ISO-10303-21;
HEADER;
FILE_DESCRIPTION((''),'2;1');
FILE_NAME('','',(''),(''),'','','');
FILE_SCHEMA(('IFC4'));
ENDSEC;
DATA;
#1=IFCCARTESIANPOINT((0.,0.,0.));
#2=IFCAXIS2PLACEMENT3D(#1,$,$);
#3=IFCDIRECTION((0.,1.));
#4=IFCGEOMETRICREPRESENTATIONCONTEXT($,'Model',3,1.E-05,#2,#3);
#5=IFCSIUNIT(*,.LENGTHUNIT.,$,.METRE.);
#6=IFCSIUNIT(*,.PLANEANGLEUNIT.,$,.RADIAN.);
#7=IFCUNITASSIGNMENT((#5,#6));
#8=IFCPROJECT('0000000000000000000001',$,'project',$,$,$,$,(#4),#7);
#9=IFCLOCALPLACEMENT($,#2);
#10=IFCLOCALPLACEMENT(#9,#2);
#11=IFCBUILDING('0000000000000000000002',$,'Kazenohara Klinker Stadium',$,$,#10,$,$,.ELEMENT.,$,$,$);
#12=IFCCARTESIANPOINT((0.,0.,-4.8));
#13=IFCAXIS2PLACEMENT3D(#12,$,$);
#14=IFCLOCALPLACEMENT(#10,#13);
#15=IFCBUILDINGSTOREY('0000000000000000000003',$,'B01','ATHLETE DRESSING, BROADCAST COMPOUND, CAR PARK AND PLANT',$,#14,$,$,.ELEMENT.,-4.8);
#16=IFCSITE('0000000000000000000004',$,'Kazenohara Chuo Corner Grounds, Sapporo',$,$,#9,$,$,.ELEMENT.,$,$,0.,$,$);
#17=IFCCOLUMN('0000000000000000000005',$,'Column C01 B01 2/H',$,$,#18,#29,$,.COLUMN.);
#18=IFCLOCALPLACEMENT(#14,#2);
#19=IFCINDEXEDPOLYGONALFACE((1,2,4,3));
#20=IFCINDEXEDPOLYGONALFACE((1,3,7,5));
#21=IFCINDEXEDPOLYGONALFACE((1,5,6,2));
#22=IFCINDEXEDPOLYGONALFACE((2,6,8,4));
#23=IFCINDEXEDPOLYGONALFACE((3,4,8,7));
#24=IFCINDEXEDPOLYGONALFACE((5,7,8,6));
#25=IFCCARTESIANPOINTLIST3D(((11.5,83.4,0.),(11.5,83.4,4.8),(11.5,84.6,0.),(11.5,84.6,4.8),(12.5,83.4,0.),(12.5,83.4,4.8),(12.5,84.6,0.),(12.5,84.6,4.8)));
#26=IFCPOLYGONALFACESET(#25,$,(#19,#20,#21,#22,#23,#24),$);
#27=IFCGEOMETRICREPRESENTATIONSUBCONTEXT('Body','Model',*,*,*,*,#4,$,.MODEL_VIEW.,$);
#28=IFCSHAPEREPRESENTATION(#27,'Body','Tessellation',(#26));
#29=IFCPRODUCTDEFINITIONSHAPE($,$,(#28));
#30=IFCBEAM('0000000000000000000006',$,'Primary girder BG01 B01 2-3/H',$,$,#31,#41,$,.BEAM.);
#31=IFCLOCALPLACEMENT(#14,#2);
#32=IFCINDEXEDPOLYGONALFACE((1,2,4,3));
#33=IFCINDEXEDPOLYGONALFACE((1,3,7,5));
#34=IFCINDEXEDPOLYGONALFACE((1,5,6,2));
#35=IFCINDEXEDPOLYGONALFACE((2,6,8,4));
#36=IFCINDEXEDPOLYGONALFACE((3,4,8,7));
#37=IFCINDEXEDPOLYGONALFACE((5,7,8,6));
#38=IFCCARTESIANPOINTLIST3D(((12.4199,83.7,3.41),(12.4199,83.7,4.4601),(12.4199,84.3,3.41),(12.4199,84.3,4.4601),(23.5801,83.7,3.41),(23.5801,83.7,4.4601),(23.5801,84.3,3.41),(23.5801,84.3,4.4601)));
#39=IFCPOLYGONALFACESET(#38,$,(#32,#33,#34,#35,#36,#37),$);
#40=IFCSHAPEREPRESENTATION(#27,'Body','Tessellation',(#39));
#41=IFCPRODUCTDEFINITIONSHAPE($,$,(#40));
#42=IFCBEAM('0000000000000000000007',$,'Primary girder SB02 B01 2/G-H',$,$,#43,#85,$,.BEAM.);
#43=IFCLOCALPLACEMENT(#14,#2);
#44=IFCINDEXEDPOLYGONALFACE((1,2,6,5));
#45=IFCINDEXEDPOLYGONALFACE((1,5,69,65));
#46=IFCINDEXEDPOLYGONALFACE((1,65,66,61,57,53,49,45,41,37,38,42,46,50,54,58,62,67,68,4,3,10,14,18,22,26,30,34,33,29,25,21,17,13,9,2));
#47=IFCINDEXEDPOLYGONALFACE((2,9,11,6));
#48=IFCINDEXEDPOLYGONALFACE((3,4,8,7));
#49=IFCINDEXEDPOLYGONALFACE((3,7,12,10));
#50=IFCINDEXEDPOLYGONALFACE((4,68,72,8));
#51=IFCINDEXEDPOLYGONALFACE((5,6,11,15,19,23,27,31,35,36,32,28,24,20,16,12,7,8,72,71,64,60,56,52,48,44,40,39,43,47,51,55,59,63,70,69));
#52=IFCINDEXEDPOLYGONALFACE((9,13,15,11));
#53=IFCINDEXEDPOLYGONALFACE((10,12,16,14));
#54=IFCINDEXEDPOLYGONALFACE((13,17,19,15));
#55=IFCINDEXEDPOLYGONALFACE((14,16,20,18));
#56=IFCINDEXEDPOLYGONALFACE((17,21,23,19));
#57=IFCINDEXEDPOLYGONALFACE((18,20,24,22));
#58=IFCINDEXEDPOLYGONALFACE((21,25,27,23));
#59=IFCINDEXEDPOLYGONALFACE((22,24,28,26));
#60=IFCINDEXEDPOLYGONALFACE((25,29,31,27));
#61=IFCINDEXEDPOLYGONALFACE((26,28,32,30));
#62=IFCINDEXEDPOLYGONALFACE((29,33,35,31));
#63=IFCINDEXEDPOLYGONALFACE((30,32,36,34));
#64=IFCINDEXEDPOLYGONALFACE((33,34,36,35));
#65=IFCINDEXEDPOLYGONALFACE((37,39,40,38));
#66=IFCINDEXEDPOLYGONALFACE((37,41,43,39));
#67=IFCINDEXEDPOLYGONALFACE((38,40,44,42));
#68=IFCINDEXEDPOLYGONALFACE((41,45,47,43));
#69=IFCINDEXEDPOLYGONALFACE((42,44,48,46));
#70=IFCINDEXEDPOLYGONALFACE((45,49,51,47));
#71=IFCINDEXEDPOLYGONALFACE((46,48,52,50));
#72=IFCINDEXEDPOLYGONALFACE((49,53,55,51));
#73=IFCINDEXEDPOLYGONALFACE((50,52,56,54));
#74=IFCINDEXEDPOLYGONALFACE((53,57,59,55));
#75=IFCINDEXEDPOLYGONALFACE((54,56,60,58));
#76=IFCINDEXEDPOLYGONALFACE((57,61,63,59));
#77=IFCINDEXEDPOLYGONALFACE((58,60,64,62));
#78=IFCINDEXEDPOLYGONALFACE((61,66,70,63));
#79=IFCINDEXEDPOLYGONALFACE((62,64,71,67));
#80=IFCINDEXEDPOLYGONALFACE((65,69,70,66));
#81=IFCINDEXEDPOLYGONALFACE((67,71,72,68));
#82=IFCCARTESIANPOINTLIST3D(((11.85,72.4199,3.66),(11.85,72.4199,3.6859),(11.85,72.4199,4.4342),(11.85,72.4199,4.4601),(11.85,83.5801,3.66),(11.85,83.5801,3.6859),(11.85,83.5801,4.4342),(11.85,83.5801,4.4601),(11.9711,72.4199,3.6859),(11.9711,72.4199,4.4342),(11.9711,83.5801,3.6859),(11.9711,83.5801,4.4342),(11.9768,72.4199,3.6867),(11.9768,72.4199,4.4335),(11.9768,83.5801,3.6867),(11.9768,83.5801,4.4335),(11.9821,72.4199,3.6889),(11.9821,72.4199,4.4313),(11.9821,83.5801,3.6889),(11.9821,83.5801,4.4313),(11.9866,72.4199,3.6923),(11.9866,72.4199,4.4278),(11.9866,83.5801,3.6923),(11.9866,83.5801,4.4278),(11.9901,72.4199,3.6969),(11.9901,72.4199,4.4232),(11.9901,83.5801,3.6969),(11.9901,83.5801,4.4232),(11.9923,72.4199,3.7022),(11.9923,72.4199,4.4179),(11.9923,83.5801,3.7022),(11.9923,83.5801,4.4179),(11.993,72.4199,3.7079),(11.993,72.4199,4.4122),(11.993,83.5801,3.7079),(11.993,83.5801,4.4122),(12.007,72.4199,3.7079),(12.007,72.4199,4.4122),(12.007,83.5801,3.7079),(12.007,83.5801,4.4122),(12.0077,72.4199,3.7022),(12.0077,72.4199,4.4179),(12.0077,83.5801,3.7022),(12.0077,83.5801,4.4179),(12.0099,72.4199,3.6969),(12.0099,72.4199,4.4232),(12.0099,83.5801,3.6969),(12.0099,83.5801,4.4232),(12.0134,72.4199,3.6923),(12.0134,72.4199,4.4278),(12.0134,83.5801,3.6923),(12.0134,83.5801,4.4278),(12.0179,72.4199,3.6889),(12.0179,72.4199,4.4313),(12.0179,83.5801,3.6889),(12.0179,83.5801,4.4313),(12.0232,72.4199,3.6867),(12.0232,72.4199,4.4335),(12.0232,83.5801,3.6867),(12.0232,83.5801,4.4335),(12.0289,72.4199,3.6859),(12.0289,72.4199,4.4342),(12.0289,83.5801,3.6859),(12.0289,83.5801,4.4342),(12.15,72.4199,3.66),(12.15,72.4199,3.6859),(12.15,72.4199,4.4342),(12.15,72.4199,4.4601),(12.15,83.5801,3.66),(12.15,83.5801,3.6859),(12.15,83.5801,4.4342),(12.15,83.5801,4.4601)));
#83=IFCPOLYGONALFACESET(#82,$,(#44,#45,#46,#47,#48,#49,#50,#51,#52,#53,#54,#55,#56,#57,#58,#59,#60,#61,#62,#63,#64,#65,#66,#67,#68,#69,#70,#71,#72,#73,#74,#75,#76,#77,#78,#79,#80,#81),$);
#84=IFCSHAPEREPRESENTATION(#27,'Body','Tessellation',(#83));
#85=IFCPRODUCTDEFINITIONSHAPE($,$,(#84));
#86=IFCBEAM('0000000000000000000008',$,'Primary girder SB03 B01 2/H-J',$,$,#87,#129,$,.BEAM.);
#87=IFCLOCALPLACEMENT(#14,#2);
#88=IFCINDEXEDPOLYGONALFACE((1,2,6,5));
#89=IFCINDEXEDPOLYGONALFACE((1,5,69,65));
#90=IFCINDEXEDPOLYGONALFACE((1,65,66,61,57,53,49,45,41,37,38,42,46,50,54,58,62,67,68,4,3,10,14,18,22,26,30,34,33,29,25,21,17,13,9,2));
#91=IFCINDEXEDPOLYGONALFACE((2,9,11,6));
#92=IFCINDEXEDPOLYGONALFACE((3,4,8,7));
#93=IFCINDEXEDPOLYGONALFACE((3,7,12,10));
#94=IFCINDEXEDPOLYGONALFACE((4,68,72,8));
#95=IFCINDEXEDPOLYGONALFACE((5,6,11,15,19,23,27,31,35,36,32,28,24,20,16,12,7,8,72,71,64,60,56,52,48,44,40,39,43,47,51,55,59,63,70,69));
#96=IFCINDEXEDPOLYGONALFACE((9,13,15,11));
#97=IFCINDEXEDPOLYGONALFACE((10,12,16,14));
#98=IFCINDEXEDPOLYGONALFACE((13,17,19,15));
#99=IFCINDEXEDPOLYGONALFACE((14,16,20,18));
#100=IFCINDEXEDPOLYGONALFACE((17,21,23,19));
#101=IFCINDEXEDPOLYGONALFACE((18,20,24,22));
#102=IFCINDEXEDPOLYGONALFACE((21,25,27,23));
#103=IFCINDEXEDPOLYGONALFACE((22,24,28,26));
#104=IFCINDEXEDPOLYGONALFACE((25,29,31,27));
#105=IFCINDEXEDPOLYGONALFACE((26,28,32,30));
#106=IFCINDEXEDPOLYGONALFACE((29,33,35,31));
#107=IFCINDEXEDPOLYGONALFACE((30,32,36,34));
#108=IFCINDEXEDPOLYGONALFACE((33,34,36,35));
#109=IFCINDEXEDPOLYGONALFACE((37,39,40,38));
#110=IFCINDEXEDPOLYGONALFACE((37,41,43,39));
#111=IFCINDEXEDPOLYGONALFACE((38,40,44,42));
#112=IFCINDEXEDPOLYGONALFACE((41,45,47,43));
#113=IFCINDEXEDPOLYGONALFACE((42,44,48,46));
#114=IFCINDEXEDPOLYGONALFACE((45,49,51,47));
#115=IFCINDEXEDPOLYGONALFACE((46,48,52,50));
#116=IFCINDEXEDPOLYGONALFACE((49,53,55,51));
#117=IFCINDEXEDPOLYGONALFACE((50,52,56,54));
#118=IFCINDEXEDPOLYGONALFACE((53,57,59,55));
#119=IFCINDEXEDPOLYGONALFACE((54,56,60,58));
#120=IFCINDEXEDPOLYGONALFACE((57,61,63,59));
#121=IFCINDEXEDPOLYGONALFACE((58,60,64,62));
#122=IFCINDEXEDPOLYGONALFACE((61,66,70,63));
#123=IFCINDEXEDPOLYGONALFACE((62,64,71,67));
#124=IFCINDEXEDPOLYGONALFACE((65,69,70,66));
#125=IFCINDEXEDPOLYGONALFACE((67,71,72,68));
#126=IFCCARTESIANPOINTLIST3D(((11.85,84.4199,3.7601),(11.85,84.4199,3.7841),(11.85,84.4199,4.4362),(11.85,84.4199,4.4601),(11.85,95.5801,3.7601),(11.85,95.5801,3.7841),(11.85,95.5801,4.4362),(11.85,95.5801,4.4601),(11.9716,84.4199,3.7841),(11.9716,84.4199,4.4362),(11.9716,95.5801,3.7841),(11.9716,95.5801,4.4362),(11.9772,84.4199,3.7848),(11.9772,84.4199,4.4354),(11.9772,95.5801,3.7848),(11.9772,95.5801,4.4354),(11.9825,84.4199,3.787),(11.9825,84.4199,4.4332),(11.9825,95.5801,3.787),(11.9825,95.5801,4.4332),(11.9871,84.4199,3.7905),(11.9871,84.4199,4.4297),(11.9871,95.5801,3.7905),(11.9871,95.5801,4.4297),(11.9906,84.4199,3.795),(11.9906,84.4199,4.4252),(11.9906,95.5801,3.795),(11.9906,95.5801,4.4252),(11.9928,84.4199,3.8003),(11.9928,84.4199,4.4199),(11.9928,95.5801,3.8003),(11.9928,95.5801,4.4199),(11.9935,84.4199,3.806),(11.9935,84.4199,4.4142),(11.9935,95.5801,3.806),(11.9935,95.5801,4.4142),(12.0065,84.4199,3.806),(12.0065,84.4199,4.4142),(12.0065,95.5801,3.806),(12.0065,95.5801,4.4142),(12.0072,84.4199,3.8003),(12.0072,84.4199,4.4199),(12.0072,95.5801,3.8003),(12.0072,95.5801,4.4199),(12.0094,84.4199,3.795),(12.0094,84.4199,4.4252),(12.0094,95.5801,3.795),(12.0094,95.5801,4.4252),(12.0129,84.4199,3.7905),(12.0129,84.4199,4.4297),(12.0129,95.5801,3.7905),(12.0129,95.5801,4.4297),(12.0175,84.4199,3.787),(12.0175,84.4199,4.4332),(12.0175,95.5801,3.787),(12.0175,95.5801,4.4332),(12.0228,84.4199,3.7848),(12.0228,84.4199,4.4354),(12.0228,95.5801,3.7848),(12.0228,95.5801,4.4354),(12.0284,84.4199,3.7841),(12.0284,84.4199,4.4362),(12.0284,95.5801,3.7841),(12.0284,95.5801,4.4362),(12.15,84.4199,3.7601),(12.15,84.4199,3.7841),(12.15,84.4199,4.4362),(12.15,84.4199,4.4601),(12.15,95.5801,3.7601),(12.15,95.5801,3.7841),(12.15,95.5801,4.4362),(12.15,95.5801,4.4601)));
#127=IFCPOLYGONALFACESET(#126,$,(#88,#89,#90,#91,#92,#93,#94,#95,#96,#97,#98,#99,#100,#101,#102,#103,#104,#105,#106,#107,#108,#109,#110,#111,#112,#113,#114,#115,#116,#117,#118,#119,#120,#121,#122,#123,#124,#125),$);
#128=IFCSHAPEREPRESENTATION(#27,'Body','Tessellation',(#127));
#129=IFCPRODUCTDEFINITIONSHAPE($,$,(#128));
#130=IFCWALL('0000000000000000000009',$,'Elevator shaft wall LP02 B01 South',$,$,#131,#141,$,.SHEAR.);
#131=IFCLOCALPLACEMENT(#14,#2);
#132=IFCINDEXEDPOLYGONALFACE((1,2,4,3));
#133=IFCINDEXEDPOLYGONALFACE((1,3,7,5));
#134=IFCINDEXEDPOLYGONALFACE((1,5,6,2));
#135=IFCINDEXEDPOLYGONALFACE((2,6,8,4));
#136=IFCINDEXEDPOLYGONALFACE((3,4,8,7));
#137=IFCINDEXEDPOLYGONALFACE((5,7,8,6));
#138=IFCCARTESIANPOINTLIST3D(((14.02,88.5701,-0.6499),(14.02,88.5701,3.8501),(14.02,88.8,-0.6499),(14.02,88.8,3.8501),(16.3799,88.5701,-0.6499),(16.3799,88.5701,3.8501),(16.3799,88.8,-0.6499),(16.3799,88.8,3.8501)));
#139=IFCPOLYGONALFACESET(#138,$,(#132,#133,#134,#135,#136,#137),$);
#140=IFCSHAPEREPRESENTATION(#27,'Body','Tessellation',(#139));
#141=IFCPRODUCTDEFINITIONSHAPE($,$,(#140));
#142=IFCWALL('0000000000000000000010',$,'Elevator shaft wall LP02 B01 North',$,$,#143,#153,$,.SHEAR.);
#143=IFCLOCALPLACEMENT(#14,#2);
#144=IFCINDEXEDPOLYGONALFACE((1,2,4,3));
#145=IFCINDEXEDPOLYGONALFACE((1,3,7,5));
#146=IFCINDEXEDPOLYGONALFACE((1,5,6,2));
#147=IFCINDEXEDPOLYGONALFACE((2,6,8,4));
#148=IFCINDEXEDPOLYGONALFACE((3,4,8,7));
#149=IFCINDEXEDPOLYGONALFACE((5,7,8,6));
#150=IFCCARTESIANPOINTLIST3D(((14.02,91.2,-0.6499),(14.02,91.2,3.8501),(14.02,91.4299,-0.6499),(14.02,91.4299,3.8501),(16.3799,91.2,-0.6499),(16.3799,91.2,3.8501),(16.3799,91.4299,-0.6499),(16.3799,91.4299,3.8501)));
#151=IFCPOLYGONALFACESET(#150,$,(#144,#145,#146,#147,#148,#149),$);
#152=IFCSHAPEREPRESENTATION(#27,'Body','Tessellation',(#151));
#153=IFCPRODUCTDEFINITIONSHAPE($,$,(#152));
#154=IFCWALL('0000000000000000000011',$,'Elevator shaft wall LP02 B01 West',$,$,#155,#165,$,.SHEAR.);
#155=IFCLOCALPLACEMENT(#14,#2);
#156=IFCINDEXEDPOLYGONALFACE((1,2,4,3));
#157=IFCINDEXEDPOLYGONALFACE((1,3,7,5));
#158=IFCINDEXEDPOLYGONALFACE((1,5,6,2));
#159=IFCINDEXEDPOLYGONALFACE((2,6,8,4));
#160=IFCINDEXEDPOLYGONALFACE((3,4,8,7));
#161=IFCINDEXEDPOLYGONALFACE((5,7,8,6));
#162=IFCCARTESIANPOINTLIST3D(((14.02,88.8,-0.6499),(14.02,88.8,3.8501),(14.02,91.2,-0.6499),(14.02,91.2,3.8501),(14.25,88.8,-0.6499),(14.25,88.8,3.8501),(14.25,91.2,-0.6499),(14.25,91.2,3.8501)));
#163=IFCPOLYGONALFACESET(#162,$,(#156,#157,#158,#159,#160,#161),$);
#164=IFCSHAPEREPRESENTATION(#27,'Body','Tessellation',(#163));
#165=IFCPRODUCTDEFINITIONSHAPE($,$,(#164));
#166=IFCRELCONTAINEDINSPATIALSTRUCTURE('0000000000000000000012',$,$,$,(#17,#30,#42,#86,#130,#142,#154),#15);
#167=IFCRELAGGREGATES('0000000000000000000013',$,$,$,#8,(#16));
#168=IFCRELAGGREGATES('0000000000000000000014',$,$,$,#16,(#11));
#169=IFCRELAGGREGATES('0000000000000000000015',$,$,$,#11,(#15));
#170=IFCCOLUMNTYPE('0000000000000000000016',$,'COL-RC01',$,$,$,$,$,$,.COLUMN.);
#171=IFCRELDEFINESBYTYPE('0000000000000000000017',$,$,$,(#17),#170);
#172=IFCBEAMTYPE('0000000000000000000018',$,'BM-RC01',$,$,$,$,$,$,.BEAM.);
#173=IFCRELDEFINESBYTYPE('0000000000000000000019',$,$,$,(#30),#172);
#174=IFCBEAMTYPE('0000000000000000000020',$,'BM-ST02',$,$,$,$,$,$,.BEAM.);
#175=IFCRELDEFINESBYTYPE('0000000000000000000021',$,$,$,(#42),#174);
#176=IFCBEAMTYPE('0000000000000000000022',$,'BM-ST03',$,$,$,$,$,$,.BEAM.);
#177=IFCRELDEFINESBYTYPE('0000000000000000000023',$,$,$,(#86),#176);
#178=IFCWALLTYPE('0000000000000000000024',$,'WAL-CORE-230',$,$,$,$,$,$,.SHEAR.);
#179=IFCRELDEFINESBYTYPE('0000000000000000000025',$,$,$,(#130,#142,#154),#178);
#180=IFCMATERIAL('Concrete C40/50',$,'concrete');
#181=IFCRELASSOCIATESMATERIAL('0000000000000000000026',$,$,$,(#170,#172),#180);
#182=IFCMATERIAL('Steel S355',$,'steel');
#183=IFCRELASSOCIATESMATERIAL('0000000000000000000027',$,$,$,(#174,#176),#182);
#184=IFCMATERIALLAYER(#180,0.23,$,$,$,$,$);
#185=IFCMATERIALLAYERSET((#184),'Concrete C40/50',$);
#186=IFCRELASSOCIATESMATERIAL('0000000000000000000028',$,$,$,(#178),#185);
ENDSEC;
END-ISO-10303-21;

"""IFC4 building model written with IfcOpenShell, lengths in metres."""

from ifc_helpers import new_model, si_unit, direction, frame, frame_2d, origin, origin_2d, place, context, subcontext, project, spatial, rectangle, i_section, extrude, material, layer, layer_set, material_profile, profile_set, type_object, element, save


model = new_model("IFC4")

# Units and contexts
model_context = context("Model", 3, precision=1e-05, world=origin(), true_north=direction((0.0, 1.0)))
body_context = subcontext(model_context, "Body", "Model", "MODEL_VIEW")
ifc_project = project(units=[si_unit("LENGTHUNIT", "METRE"), si_unit("PLANEANGLEUNIT", "RADIAN")], contexts=[model_context])

# Site, building, storey
site_placement = place(None, origin())
site = spatial("IfcSite", under=ifc_project, at=site_placement, Name="Kazenohara Chuo Corner Grounds, Sapporo", CompositionType="ELEMENT", RefElevation=0.0)
building_placement = place(site_placement, origin())
building = spatial("IfcBuilding", under=site, at=building_placement, Name="Kazenohara Klinker Stadium", CompositionType="ELEMENT")
storey_placement = place(building_placement, frame((0.0, 0.0, -4.8)))
storey = spatial("IfcBuildingStorey", under=building, at=storey_placement, Name="B01", Description="ATHLETE DRESSING, BROADCAST COMPOUND, CAR PARK AND PLANT", CompositionType="ELEMENT", Elevation=-4.8)

# Column
ifc_material_1 = material(Name="Concrete C40/50", Category="concrete")
ifc_material_profile_1 = material_profile(ifc_material_1, rectangle(XDim=1.0, YDim=1.2, at=origin_2d()), Name="RC-COL-1200x1000")
ifc_profile_set_1 = profile_set([ifc_material_profile_1], Name="Concrete C40/50")
column_type = type_object("IfcColumnType", Name="COL-RC01", PredefinedType="COLUMN", material=ifc_profile_set_1)
column_placement = place(storey_placement, frame((12.0, 84.0, 0.0), z_axis=(0.0, 0.0, 1.0), x_axis=(1.0, 0.0, 0.0)))
element("IfcColumn", 1, at=column_placement, inside=storey, type_object=column_type, Name="Column C01 B01 2/H", PredefinedType="COLUMN", context=body_context, shape_type="SweptSolid", body=[
    extrude(rectangle(XDim=1.0, YDim=1.2, at=origin_2d()), origin(), (0.0, 0.0, 1.0), 4.8),
])

# Beams
ifc_material_profile_2 = material_profile(ifc_material_1, rectangle(XDim=0.6001, YDim=1.05, at=origin_2d()), Name="RC-BM-600x1050")
ifc_profile_set_2 = profile_set([ifc_material_profile_2], Name="Concrete C40/50")
beam_type_1 = type_object("IfcBeamType", Name="BM-RC01", PredefinedType="BEAM", material=ifc_profile_set_2)
beam_1_placement = place(storey_placement, frame((12.4199, 84.0, 3.9351), z_axis=(1.0, 0.0, 0.0), x_axis=(0.0, 1.0, 0.0)))
element("IfcBeam", 2, at=beam_1_placement, inside=storey, type_object=beam_type_1, Name="Primary girder BG01 B01 2-3/H", PredefinedType="BEAM", context=body_context, shape_type="SweptSolid", body=[
    extrude(rectangle(XDim=0.6001, YDim=1.05, at=origin_2d()), origin(), (0.0, 0.0, 1.0), 11.1602),
])
ifc_material_2 = material(Name="Steel S355", Category="steel")
ifc_material_profile_3 = material_profile(ifc_material_2, i_section(OverallWidth=0.3, OverallDepth=0.8, WebThickness=0.0139, FlangeThickness=0.0259, FilletRadius=0.022, at=origin_2d()), Name="H-800x300x14x26")
ifc_profile_set_3 = profile_set([ifc_material_profile_3], Name="Steel S355")
beam_type_2 = type_object("IfcBeamType", Name="BM-ST02", PredefinedType="BEAM", material=ifc_profile_set_3)
beam_2_placement = place(storey_placement, frame((12.0, 72.4199, 4.0601), z_axis=(0.0, 1.0, 0.0), x_axis=(-1.0, 0.0, 0.0)))
element("IfcBeam", 3, at=beam_2_placement, inside=storey, type_object=beam_type_2, Name="Primary girder SB02 B01 2/G-H", PredefinedType="BEAM", context=body_context, shape_type="SweptSolid", body=[
    extrude(i_section(OverallWidth=0.3, OverallDepth=0.8, WebThickness=0.0139, FlangeThickness=0.0259, FilletRadius=0.022, at=origin_2d()), origin(), (0.0, 0.0, 1.0), 11.1602),
])
ifc_material_profile_4 = material_profile(ifc_material_2, i_section(OverallWidth=0.3, OverallDepth=0.7, WebThickness=0.0129, FlangeThickness=0.0239, FilletRadius=0.022, at=origin_2d()), Name="H-700x300x13x24")
ifc_profile_set_4 = profile_set([ifc_material_profile_4], Name="Steel S355")
beam_type_3 = type_object("IfcBeamType", Name="BM-ST03", PredefinedType="BEAM", material=ifc_profile_set_4)
beam_3_placement = place(storey_placement, frame((12.0, 84.4199, 4.1101), z_axis=(0.0, 1.0, 0.0), x_axis=(-1.0, 0.0, 0.0)))
element("IfcBeam", 4, at=beam_3_placement, inside=storey, type_object=beam_type_3, Name="Primary girder SB03 B01 2/H-J", PredefinedType="BEAM", context=body_context, shape_type="SweptSolid", body=[
    extrude(i_section(OverallWidth=0.3, OverallDepth=0.7, WebThickness=0.0129, FlangeThickness=0.0239, FilletRadius=0.022, at=origin_2d()), origin(), (0.0, 0.0, 1.0), 11.1602),
])

# Walls
ifc_layer_1 = layer(ifc_material_1, 0.23)
ifc_layer_set_1 = layer_set([ifc_layer_1], Name="Concrete C40/50")
wall_type_1 = type_object("IfcWallType", Name="WAL-CORE-230", PredefinedType="SHEAR", material=ifc_layer_set_1)
for number, where, z_axis, x_axis, name in (
    (5, (14.02, 88.6851, -0.6499), (0.0, 0.0, 1.0), (1.0, 0.0, 0.0), "Elevator shaft wall LP02 B01 South"),
    (6, (14.02, 91.3149, -0.6499), (0.0, 0.0, 1.0), (1.0, 0.0, 0.0), "Elevator shaft wall LP02 B01 North"),
):
    element("IfcWall", number, at=place(storey_placement, frame(where, z_axis=z_axis, x_axis=x_axis)), inside=storey, type_object=wall_type_1, Name=name, PredefinedType="SHEAR", context=body_context, shape_type="SweptSolid", body=[
        extrude(rectangle(XDim=2.3599, YDim=0.23, at=frame_2d((1.1799, 0.0))), origin(), (0.0, 0.0, 1.0), 4.5),
    ])
wall_1_placement = place(storey_placement, frame((14.135, 88.8, -0.6499), z_axis=(0.0, 0.0, 1.0), x_axis=(0.0, 1.0, 0.0)))
element("IfcWall", 7, at=wall_1_placement, inside=storey, type_object=wall_type_1, Name="Elevator shaft wall LP02 B01 West", PredefinedType="SHEAR", context=body_context, shape_type="SweptSolid", body=[
    extrude(rectangle(XDim=2.3999, YDim=0.23, at=frame_2d((1.2, 0.0))), origin(), (0.0, 0.0, 1.0), 4.5),
])

save(model, "model.ifc")
